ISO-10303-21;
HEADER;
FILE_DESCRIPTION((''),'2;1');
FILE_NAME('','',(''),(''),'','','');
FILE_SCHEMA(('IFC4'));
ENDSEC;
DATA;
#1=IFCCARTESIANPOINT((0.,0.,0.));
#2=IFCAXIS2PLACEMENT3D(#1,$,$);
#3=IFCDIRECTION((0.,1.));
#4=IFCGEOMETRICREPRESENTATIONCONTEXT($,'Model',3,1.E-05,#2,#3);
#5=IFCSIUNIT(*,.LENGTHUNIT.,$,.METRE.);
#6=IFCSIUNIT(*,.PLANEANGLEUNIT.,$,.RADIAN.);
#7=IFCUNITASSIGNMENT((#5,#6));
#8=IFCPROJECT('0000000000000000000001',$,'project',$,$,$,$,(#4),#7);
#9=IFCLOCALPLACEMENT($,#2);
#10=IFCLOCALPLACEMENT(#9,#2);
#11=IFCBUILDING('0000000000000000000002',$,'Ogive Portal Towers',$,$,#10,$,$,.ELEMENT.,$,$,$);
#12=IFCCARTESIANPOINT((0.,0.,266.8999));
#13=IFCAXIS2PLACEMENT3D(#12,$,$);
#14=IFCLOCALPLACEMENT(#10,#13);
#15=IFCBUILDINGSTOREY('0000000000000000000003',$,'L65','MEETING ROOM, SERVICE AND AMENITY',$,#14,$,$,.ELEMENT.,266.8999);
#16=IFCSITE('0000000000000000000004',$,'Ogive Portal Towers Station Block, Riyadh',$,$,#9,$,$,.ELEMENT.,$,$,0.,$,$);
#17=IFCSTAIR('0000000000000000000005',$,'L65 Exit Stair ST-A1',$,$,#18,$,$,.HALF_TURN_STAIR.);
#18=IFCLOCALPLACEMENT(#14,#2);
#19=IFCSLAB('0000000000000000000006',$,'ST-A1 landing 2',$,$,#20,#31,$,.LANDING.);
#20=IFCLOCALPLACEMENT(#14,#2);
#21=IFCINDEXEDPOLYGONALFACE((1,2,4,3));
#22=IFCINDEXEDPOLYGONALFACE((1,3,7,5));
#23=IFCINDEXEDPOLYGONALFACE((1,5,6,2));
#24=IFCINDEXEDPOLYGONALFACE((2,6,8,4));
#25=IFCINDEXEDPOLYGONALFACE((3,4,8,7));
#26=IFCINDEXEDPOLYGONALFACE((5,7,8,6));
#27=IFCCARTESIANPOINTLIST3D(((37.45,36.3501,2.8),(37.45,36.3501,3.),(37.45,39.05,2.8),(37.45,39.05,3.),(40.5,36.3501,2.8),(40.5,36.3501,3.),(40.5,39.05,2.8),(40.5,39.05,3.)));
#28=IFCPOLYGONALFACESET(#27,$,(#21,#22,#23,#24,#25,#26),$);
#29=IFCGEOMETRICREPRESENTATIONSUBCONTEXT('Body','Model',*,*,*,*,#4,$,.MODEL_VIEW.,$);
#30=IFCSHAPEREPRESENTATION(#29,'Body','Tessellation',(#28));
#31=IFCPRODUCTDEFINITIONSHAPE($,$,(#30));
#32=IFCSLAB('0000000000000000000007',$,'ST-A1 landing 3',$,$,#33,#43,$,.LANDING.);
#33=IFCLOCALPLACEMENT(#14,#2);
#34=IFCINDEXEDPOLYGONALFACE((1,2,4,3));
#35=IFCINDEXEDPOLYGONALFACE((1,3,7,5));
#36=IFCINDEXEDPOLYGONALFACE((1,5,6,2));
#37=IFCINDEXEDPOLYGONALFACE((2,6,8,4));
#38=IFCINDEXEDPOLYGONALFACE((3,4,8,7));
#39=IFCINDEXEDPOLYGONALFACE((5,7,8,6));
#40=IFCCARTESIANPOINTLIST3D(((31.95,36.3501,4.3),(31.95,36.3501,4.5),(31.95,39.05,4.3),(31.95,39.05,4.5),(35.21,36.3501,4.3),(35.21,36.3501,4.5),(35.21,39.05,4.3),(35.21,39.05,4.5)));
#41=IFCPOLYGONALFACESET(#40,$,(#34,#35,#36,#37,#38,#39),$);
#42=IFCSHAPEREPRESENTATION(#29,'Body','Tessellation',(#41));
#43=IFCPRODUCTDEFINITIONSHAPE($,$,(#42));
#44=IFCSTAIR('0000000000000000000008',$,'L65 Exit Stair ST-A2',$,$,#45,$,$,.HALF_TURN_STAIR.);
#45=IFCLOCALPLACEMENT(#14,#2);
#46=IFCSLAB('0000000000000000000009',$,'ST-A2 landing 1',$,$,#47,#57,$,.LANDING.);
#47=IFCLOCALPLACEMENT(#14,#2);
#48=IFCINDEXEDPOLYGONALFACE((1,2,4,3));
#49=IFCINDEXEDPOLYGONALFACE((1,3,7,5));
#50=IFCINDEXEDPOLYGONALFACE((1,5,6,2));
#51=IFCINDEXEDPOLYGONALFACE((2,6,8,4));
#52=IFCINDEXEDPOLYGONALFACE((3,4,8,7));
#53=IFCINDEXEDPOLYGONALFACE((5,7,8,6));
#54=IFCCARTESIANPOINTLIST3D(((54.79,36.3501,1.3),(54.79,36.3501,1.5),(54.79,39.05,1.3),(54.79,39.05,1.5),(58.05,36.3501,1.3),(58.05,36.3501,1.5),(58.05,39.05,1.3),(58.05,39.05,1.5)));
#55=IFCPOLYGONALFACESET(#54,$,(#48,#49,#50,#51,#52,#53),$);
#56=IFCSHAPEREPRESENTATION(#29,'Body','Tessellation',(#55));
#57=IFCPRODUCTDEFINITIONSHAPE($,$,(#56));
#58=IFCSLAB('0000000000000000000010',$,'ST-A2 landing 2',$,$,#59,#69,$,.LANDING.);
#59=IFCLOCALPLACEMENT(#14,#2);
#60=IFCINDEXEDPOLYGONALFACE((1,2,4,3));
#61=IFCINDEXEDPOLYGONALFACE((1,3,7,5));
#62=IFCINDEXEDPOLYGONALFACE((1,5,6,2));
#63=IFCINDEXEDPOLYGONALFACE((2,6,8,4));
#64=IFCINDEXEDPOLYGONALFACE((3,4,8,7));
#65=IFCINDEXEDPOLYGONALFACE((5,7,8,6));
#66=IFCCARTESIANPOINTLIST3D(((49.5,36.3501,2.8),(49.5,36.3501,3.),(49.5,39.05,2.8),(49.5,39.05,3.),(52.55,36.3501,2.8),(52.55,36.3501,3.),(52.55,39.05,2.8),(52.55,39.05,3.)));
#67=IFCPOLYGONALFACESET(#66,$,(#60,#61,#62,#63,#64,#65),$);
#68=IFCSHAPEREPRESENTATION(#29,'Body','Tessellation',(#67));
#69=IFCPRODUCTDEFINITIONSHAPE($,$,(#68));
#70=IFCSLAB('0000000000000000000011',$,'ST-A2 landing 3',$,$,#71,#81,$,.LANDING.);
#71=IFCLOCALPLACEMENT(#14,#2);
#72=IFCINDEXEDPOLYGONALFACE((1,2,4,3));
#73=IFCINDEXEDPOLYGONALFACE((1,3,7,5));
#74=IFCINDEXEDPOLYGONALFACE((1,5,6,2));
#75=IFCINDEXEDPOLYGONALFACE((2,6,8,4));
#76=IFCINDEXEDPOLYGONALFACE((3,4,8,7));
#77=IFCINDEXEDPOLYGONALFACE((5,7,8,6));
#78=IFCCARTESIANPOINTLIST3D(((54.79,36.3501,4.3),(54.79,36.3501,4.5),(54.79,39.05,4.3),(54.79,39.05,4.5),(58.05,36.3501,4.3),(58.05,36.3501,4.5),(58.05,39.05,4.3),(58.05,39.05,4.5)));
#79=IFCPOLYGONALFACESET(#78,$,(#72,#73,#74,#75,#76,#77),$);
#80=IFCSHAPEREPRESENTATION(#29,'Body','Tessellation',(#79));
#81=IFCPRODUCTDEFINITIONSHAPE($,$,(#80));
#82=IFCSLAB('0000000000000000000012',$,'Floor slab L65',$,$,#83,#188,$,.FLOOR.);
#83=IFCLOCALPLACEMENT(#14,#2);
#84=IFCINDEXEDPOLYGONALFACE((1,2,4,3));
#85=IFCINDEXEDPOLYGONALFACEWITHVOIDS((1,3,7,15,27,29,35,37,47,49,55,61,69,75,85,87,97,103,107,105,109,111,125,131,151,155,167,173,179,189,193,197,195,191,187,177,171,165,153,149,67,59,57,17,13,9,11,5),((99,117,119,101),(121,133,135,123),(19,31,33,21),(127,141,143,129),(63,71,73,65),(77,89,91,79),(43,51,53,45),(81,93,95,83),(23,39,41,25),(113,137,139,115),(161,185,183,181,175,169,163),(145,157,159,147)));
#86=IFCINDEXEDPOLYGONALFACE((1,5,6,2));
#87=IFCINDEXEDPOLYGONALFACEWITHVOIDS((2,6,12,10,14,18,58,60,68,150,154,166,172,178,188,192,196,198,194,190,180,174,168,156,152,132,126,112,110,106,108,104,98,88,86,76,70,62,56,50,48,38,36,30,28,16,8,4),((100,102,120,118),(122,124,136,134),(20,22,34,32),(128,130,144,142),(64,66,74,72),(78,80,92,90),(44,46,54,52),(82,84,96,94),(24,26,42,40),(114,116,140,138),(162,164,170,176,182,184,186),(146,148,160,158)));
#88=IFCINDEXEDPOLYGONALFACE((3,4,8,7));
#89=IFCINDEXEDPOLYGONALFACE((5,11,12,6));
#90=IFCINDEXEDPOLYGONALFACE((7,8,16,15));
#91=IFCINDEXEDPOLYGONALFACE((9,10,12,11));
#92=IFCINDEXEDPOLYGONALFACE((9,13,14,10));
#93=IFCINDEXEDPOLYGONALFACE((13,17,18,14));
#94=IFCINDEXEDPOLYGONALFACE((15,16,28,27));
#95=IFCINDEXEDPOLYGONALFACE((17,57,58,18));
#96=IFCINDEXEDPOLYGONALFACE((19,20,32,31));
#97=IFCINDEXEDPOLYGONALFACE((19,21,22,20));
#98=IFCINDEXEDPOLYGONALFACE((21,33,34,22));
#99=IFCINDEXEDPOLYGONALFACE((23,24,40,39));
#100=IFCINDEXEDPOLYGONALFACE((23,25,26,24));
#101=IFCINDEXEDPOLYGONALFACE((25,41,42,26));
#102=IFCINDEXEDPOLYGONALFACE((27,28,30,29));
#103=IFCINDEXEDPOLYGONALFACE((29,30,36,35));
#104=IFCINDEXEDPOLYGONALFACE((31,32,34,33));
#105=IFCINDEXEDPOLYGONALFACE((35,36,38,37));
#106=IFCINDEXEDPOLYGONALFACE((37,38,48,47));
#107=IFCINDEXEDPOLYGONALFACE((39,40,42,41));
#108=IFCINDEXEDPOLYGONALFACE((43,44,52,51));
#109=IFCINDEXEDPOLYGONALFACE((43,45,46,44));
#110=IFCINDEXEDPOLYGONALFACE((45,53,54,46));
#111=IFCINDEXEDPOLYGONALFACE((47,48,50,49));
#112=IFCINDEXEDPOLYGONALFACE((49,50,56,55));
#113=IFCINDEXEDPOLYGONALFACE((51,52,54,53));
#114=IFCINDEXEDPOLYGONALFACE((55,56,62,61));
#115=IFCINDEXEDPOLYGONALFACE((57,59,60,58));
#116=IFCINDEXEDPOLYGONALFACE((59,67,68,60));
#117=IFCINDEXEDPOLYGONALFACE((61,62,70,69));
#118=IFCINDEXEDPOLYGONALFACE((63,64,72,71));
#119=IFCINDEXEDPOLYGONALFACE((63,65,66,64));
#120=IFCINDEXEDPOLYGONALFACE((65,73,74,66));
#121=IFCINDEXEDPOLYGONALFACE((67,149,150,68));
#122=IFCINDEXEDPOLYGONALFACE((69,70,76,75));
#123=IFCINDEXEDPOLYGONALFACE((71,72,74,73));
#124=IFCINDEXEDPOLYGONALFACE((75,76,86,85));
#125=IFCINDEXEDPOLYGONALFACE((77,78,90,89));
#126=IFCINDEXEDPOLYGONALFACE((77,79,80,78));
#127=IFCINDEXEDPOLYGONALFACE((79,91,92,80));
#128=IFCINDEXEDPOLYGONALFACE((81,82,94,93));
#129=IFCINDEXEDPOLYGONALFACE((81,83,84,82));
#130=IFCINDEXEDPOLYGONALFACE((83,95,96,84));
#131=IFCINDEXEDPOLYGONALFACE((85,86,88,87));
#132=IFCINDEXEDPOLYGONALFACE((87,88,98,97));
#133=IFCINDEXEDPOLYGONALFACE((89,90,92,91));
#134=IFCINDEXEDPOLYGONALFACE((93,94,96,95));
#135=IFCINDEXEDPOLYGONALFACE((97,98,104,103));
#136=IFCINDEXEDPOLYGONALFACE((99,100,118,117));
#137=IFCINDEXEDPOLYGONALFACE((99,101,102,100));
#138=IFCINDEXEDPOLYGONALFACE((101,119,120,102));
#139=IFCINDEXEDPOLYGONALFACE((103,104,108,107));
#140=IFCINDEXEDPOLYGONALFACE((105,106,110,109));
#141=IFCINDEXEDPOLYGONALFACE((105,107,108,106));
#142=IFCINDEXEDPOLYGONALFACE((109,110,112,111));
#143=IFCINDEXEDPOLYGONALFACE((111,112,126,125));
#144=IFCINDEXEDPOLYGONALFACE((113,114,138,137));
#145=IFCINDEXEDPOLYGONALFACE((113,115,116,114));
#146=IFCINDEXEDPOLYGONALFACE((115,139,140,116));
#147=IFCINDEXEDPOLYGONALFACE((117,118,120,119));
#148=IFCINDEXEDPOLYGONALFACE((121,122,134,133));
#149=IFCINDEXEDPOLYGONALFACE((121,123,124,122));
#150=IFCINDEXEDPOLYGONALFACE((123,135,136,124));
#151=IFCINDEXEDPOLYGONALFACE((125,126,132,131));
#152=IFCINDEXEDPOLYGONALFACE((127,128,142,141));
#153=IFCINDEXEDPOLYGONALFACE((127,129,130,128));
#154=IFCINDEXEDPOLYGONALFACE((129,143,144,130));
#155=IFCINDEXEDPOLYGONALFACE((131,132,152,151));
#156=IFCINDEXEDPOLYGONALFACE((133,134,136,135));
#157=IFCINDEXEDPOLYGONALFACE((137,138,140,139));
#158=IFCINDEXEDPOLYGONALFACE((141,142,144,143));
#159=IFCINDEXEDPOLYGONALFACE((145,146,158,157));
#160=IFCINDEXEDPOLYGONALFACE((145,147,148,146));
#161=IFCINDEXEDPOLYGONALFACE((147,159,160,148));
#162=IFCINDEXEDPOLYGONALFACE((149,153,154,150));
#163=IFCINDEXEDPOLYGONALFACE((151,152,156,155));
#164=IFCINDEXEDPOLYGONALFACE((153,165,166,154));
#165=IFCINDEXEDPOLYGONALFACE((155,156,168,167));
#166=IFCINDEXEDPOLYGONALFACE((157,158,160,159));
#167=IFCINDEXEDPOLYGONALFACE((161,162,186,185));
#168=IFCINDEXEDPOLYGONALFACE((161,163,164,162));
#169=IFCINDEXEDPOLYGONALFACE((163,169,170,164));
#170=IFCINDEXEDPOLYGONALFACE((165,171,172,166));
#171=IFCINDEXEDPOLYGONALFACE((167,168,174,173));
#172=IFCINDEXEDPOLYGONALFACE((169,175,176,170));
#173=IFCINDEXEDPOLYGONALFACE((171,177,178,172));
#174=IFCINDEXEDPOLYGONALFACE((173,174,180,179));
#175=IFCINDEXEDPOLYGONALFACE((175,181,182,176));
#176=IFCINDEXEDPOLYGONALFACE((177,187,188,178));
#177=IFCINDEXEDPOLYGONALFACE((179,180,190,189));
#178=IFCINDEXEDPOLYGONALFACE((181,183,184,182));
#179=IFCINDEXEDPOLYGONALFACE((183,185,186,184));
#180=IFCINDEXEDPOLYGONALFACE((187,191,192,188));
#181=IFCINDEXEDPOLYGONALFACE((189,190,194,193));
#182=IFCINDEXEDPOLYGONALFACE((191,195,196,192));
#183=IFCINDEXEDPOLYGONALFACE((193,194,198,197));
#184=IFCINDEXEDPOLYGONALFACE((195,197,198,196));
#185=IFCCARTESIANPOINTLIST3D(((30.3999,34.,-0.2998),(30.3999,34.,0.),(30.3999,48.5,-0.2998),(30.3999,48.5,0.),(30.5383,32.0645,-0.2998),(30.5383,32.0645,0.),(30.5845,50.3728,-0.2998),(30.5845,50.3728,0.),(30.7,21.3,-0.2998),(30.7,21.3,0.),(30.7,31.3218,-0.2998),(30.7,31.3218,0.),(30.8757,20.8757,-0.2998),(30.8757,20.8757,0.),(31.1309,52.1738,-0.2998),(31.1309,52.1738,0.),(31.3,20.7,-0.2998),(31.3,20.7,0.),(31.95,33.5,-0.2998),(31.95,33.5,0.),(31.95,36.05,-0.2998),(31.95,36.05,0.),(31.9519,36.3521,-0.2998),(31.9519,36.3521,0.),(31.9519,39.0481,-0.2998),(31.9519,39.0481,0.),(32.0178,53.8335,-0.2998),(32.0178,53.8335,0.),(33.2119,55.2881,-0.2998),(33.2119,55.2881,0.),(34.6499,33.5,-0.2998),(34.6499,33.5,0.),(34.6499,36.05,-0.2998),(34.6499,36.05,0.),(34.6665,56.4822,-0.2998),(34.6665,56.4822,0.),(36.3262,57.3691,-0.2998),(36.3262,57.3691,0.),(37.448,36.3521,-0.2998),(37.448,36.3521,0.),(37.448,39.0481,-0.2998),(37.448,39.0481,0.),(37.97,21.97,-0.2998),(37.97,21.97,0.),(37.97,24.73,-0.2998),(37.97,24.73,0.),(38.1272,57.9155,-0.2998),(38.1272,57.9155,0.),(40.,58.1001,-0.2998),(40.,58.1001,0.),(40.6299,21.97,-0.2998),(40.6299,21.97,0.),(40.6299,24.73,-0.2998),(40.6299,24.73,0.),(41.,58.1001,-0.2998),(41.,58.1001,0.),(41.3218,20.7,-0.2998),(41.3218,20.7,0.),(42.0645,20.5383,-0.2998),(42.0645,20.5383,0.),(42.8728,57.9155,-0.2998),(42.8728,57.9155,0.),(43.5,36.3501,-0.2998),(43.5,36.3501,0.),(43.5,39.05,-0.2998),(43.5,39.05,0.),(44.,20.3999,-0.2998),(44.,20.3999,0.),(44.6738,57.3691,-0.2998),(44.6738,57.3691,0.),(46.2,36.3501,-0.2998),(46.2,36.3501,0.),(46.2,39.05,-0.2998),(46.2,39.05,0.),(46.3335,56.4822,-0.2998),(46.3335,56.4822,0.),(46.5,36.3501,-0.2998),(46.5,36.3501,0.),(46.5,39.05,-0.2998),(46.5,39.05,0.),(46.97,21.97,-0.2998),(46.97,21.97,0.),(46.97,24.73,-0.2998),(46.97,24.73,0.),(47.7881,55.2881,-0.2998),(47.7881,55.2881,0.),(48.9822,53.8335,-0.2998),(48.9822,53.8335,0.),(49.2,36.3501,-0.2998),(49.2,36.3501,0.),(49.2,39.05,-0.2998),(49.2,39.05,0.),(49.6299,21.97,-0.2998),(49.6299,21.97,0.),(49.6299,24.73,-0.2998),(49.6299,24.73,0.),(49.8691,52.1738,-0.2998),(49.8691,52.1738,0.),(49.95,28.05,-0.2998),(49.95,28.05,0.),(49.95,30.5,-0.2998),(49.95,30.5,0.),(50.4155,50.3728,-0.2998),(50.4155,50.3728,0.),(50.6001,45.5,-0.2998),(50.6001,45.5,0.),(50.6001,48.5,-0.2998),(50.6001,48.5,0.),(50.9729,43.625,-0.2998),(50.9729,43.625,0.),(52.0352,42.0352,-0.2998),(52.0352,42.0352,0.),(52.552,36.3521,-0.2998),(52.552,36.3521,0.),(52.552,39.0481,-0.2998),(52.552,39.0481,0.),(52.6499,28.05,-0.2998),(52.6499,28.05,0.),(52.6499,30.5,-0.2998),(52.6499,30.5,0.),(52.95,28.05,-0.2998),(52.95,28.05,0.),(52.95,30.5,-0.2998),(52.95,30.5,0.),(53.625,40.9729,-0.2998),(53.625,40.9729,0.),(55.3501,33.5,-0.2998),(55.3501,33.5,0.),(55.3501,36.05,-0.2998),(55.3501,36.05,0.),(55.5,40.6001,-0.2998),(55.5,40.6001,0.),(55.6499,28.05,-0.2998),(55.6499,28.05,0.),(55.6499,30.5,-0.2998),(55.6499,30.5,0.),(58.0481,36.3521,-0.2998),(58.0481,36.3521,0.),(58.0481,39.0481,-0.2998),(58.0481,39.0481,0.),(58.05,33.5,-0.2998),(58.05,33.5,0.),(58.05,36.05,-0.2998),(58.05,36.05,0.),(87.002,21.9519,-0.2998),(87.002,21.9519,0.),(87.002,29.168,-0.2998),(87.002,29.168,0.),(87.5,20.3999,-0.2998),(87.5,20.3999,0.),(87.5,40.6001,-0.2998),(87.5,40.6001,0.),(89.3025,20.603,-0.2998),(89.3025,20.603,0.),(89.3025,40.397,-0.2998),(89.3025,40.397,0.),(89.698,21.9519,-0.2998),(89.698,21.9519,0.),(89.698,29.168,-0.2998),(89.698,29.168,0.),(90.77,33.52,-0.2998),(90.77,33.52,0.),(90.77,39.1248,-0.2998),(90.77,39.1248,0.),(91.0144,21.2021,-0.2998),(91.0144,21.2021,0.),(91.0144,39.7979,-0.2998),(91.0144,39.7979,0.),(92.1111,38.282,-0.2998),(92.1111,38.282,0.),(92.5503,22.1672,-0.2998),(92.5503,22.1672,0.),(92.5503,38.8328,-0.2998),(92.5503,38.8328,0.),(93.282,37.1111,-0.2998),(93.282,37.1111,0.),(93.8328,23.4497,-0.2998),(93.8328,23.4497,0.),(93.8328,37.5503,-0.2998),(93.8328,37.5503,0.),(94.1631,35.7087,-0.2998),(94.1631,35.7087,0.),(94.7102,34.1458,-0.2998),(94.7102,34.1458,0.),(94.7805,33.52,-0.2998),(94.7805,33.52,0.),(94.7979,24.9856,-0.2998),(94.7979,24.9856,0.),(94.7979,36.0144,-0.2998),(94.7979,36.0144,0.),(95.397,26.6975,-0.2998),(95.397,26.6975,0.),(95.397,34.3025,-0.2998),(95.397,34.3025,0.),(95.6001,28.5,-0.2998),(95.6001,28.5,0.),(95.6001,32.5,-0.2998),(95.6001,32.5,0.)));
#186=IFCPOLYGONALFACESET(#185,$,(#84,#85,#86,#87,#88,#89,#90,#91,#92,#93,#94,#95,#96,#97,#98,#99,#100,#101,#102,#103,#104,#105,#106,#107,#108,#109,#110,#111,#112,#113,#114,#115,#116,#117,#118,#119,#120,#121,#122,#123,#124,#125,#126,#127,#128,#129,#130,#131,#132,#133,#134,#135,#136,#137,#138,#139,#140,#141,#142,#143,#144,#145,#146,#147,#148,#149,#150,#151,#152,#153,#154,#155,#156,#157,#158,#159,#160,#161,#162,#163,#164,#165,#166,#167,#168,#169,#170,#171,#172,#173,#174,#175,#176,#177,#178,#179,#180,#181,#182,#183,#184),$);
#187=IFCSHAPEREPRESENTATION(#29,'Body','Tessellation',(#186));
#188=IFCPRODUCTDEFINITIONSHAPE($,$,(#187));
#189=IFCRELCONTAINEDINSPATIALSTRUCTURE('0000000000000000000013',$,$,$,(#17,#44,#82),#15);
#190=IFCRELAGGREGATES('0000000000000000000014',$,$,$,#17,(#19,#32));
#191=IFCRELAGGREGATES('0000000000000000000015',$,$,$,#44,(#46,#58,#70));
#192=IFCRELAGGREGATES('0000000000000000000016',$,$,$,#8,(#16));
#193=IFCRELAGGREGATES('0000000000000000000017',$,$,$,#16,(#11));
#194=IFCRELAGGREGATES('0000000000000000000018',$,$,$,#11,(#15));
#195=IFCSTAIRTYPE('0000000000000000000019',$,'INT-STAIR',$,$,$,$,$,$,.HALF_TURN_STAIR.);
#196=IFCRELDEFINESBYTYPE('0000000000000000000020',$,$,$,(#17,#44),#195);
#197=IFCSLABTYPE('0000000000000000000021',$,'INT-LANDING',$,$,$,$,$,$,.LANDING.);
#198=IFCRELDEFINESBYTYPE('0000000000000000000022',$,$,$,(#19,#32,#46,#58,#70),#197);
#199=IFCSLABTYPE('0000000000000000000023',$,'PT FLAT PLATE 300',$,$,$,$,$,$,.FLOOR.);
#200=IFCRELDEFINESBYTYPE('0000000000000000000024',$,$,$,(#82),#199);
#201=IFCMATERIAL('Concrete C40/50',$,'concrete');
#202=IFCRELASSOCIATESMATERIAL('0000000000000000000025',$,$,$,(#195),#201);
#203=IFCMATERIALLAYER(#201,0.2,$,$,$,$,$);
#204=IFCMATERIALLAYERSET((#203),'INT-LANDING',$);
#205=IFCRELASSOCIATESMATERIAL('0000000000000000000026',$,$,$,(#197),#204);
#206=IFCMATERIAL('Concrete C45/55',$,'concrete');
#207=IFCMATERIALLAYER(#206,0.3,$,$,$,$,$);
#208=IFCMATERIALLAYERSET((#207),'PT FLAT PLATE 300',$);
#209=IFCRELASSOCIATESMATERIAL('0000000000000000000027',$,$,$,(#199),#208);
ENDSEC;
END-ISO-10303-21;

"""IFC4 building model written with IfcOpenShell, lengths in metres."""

from ifc_helpers import new_model, si_unit, direction, frame, origin, place, context, subcontext, project, spatial, polyline, outline, extrude, material, layer, layer_set, type_object, element, aggregate, save


model = new_model("IFC4")

# Units and contexts
model_context = context("Model", 3, precision=1e-05, world=origin(), true_north=direction((0.0, 1.0)))
body_context = subcontext(model_context, "Body", "Model", "MODEL_VIEW")
ifc_project = project(units=[si_unit("LENGTHUNIT", "METRE"), si_unit("PLANEANGLEUNIT", "RADIAN")], contexts=[model_context])

# Site, building, storey
site_placement = place(None, origin())
site = spatial("IfcSite", under=ifc_project, at=site_placement, Name="Ogive Portal Towers Station Block, Riyadh", CompositionType="ELEMENT", RefElevation=0.0)
building_placement = place(site_placement, origin())
building = spatial("IfcBuilding", under=site, at=building_placement, Name="Ogive Portal Towers", CompositionType="ELEMENT")
storey_placement = place(building_placement, frame((0.0, 0.0, 266.8999)))
storey = spatial("IfcBuildingStorey", under=building, at=storey_placement, Name="L65", Description="MEETING ROOM, SERVICE AND AMENITY", CompositionType="ELEMENT", Elevation=266.8999)

# Stairs, slabs
ifc_material_1 = material(Name="Concrete C40/50", Category="concrete")
stair_type = type_object("IfcStairType", Name="INT-STAIR", PredefinedType="HALF_TURN_STAIR", material=ifc_material_1)
stair_1_placement = place(storey_placement, origin())
stair_1 = element("IfcStair", 1, at=stair_1_placement, inside=storey, type_object=stair_type, Name="L65 Exit Stair ST-A1", PredefinedType="HALF_TURN_STAIR")
ifc_layer_1 = layer(ifc_material_1, 0.2)
ifc_layer_set_1 = layer_set([ifc_layer_1], Name="INT-LANDING")
slab_type_1 = type_object("IfcSlabType", Name="INT-LANDING", PredefinedType="LANDING", material=ifc_layer_set_1)
slab_1_placement = place(storey_placement, frame((0.0, 0.0, 2.8)))
slab_1 = element("IfcSlab", 2, at=slab_1_placement, type_object=slab_type_1, Name="ST-A1 landing 2", PredefinedType="LANDING", context=body_context, shape_type="SweptSolid", body=[
    extrude(outline(polyline([(40.5, 39.05), (37.45, 39.05), (37.45, 36.3501), (40.5, 36.3501), (40.5, 39.05)])), origin(), (0.0, 0.0, 1.0), 0.2),
])
slab_2_placement = place(storey_placement, frame((0.0, 0.0, 4.3)))
slab_2 = element("IfcSlab", 3, at=slab_2_placement, type_object=slab_type_1, Name="ST-A1 landing 3", PredefinedType="LANDING", context=body_context, shape_type="SweptSolid", body=[
    extrude(outline(polyline([(35.21, 39.05), (31.95, 39.05), (31.95, 36.3501), (35.21, 36.3501), (35.21, 39.05)])), origin(), (0.0, 0.0, 1.0), 0.2),
])
aggregate(stair_1, [slab_1, slab_2])
stair_2_placement = place(storey_placement, origin())
stair_2 = element("IfcStair", 4, at=stair_2_placement, inside=storey, type_object=stair_type, Name="L65 Exit Stair ST-A2", PredefinedType="HALF_TURN_STAIR")
slab_3_placement = place(storey_placement, frame((0.0, 0.0, 1.3)))
slab_3 = element("IfcSlab", 5, at=slab_3_placement, type_object=slab_type_1, Name="ST-A2 landing 1", PredefinedType="LANDING", context=body_context, shape_type="SweptSolid", body=[
    extrude(outline(polyline([(54.79, 36.3501), (58.05, 36.3501), (58.05, 39.05), (54.79, 39.05), (54.79, 36.3501)])), origin(), (0.0, 0.0, 1.0), 0.2),
])
slab_4_placement = place(storey_placement, frame((0.0, 0.0, 2.8)))
slab_4 = element("IfcSlab", 6, at=slab_4_placement, type_object=slab_type_1, Name="ST-A2 landing 2", PredefinedType="LANDING", context=body_context, shape_type="SweptSolid", body=[
    extrude(outline(polyline([(49.5, 36.3501), (52.55, 36.3501), (52.55, 39.05), (49.5, 39.05), (49.5, 36.3501)])), origin(), (0.0, 0.0, 1.0), 0.2),
])
slab_5_placement = place(storey_placement, frame((0.0, 0.0, 4.3)))
slab_5 = element("IfcSlab", 7, at=slab_5_placement, type_object=slab_type_1, Name="ST-A2 landing 3", PredefinedType="LANDING", context=body_context, shape_type="SweptSolid", body=[
    extrude(outline(polyline([(54.79, 36.3501), (58.05, 36.3501), (58.05, 39.05), (54.79, 39.05), (54.79, 36.3501)])), origin(), (0.0, 0.0, 1.0), 0.2),
])
aggregate(stair_2, [slab_3, slab_4, slab_5])

# Slab
ifc_material_2 = material(Name="Concrete C45/55", Category="concrete")
ifc_layer_2 = layer(ifc_material_2, 0.3)
ifc_layer_set_2 = layer_set([ifc_layer_2], Name="PT FLAT PLATE 300")
slab_type_2 = type_object("IfcSlabType", Name="PT FLAT PLATE 300", PredefinedType="FLOOR", material=ifc_layer_set_2)
slab_6_placement = place(storey_placement, frame((0.0, 0.0, -0.2998)))
element("IfcSlab", 8, at=slab_6_placement, inside=storey, type_object=slab_type_2, Name="Floor slab L65", PredefinedType="FLOOR", context=body_context, shape_type="SweptSolid", body=[
    extrude(outline(polyline([(30.3999, 34.0), (30.5383, 32.0645), (30.7, 31.3218), (30.7, 21.3), (30.8757, 20.8757), (31.3, 20.7), (41.3218, 20.7), (42.0645, 20.5383), (44.0, 20.3999), (87.5, 20.3999), (89.3025, 20.603), (91.0144, 21.2021), (92.5503, 22.1672), (93.8328, 23.4497), (94.7979, 24.9856), (95.397, 26.6975), (95.6001, 28.5), (95.6001, 32.5), (95.397, 34.3025), (94.7979, 36.0144), (93.8328, 37.5503), (92.5503, 38.8328), (91.0144, 39.7979), (89.3025, 40.397), (87.5, 40.6001), (55.5, 40.6001), (53.625, 40.9729), (52.0352, 42.0352), (50.9729, 43.625), (50.6001, 45.5), (50.6001, 48.5), (50.4155, 50.3728), (49.8691, 52.1738), (48.9822, 53.8335), (47.7881, 55.2881), (46.3335, 56.4822), (44.6738, 57.3691), (42.8728, 57.9155), (41.0, 58.1001), (40.0, 58.1001), (38.1272, 57.9155), (36.3262, 57.3691), (34.6665, 56.4822), (33.2119, 55.2881), (32.0178, 53.8335), (31.1309, 52.1738), (30.5845, 50.3728), (30.3999, 48.5), (30.3999, 34.0)]), holes=[polyline([(40.6299, 24.73), (40.6299, 21.97), (37.97, 21.97), (37.97, 24.73), (40.6299, 24.73)]), polyline([(49.6299, 21.97), (46.97, 21.97), (46.97, 24.73), (49.6299, 24.73), (49.6299, 21.97)]), polyline([(34.6499, 36.05), (34.6499, 33.5), (31.95, 33.5), (31.95, 36.05), (34.6499, 36.05)]), polyline([(31.9519, 36.3521), (31.9519, 39.0481), (37.448, 39.0481), (37.448, 36.3521), (31.9519, 36.3521)]), polyline([(46.2, 39.05), (46.2, 36.3501), (43.5, 36.3501), (43.5, 39.05), (46.2, 39.05)]), polyline([(49.2, 39.05), (49.2, 36.3501), (46.5, 36.3501), (46.5, 39.05), (49.2, 39.05)]), polyline([(89.698, 21.9519), (87.002, 21.9519), (87.002, 29.168), (89.698, 29.168), (89.698, 21.9519)]), polyline([(52.6499, 30.5), (52.6499, 28.05), (49.95, 28.05), (49.95, 30.5), (52.6499, 30.5)]), polyline([(55.6499, 30.5), (55.6499, 28.05), (52.95, 28.05), (52.95, 30.5), (55.6499, 30.5)]), polyline([(55.3501, 36.05), (58.05, 36.05), (58.05, 33.5), (55.3501, 33.5), (55.3501, 36.05)]), polyline([(94.1631, 35.7087), (94.7102, 34.1458), (94.7805, 33.52), (90.77, 33.52), (90.77, 39.1248), (92.1111, 38.282), (93.282, 37.1111), (94.1631, 35.7087)]), polyline([(58.0481, 36.3521), (52.552, 36.3521), (52.552, 39.0481), (58.0481, 39.0481), (58.0481, 36.3521)])]), origin(), (0.0, 0.0, 1.0), 0.2998),
])

save(model, "model.ifc")
